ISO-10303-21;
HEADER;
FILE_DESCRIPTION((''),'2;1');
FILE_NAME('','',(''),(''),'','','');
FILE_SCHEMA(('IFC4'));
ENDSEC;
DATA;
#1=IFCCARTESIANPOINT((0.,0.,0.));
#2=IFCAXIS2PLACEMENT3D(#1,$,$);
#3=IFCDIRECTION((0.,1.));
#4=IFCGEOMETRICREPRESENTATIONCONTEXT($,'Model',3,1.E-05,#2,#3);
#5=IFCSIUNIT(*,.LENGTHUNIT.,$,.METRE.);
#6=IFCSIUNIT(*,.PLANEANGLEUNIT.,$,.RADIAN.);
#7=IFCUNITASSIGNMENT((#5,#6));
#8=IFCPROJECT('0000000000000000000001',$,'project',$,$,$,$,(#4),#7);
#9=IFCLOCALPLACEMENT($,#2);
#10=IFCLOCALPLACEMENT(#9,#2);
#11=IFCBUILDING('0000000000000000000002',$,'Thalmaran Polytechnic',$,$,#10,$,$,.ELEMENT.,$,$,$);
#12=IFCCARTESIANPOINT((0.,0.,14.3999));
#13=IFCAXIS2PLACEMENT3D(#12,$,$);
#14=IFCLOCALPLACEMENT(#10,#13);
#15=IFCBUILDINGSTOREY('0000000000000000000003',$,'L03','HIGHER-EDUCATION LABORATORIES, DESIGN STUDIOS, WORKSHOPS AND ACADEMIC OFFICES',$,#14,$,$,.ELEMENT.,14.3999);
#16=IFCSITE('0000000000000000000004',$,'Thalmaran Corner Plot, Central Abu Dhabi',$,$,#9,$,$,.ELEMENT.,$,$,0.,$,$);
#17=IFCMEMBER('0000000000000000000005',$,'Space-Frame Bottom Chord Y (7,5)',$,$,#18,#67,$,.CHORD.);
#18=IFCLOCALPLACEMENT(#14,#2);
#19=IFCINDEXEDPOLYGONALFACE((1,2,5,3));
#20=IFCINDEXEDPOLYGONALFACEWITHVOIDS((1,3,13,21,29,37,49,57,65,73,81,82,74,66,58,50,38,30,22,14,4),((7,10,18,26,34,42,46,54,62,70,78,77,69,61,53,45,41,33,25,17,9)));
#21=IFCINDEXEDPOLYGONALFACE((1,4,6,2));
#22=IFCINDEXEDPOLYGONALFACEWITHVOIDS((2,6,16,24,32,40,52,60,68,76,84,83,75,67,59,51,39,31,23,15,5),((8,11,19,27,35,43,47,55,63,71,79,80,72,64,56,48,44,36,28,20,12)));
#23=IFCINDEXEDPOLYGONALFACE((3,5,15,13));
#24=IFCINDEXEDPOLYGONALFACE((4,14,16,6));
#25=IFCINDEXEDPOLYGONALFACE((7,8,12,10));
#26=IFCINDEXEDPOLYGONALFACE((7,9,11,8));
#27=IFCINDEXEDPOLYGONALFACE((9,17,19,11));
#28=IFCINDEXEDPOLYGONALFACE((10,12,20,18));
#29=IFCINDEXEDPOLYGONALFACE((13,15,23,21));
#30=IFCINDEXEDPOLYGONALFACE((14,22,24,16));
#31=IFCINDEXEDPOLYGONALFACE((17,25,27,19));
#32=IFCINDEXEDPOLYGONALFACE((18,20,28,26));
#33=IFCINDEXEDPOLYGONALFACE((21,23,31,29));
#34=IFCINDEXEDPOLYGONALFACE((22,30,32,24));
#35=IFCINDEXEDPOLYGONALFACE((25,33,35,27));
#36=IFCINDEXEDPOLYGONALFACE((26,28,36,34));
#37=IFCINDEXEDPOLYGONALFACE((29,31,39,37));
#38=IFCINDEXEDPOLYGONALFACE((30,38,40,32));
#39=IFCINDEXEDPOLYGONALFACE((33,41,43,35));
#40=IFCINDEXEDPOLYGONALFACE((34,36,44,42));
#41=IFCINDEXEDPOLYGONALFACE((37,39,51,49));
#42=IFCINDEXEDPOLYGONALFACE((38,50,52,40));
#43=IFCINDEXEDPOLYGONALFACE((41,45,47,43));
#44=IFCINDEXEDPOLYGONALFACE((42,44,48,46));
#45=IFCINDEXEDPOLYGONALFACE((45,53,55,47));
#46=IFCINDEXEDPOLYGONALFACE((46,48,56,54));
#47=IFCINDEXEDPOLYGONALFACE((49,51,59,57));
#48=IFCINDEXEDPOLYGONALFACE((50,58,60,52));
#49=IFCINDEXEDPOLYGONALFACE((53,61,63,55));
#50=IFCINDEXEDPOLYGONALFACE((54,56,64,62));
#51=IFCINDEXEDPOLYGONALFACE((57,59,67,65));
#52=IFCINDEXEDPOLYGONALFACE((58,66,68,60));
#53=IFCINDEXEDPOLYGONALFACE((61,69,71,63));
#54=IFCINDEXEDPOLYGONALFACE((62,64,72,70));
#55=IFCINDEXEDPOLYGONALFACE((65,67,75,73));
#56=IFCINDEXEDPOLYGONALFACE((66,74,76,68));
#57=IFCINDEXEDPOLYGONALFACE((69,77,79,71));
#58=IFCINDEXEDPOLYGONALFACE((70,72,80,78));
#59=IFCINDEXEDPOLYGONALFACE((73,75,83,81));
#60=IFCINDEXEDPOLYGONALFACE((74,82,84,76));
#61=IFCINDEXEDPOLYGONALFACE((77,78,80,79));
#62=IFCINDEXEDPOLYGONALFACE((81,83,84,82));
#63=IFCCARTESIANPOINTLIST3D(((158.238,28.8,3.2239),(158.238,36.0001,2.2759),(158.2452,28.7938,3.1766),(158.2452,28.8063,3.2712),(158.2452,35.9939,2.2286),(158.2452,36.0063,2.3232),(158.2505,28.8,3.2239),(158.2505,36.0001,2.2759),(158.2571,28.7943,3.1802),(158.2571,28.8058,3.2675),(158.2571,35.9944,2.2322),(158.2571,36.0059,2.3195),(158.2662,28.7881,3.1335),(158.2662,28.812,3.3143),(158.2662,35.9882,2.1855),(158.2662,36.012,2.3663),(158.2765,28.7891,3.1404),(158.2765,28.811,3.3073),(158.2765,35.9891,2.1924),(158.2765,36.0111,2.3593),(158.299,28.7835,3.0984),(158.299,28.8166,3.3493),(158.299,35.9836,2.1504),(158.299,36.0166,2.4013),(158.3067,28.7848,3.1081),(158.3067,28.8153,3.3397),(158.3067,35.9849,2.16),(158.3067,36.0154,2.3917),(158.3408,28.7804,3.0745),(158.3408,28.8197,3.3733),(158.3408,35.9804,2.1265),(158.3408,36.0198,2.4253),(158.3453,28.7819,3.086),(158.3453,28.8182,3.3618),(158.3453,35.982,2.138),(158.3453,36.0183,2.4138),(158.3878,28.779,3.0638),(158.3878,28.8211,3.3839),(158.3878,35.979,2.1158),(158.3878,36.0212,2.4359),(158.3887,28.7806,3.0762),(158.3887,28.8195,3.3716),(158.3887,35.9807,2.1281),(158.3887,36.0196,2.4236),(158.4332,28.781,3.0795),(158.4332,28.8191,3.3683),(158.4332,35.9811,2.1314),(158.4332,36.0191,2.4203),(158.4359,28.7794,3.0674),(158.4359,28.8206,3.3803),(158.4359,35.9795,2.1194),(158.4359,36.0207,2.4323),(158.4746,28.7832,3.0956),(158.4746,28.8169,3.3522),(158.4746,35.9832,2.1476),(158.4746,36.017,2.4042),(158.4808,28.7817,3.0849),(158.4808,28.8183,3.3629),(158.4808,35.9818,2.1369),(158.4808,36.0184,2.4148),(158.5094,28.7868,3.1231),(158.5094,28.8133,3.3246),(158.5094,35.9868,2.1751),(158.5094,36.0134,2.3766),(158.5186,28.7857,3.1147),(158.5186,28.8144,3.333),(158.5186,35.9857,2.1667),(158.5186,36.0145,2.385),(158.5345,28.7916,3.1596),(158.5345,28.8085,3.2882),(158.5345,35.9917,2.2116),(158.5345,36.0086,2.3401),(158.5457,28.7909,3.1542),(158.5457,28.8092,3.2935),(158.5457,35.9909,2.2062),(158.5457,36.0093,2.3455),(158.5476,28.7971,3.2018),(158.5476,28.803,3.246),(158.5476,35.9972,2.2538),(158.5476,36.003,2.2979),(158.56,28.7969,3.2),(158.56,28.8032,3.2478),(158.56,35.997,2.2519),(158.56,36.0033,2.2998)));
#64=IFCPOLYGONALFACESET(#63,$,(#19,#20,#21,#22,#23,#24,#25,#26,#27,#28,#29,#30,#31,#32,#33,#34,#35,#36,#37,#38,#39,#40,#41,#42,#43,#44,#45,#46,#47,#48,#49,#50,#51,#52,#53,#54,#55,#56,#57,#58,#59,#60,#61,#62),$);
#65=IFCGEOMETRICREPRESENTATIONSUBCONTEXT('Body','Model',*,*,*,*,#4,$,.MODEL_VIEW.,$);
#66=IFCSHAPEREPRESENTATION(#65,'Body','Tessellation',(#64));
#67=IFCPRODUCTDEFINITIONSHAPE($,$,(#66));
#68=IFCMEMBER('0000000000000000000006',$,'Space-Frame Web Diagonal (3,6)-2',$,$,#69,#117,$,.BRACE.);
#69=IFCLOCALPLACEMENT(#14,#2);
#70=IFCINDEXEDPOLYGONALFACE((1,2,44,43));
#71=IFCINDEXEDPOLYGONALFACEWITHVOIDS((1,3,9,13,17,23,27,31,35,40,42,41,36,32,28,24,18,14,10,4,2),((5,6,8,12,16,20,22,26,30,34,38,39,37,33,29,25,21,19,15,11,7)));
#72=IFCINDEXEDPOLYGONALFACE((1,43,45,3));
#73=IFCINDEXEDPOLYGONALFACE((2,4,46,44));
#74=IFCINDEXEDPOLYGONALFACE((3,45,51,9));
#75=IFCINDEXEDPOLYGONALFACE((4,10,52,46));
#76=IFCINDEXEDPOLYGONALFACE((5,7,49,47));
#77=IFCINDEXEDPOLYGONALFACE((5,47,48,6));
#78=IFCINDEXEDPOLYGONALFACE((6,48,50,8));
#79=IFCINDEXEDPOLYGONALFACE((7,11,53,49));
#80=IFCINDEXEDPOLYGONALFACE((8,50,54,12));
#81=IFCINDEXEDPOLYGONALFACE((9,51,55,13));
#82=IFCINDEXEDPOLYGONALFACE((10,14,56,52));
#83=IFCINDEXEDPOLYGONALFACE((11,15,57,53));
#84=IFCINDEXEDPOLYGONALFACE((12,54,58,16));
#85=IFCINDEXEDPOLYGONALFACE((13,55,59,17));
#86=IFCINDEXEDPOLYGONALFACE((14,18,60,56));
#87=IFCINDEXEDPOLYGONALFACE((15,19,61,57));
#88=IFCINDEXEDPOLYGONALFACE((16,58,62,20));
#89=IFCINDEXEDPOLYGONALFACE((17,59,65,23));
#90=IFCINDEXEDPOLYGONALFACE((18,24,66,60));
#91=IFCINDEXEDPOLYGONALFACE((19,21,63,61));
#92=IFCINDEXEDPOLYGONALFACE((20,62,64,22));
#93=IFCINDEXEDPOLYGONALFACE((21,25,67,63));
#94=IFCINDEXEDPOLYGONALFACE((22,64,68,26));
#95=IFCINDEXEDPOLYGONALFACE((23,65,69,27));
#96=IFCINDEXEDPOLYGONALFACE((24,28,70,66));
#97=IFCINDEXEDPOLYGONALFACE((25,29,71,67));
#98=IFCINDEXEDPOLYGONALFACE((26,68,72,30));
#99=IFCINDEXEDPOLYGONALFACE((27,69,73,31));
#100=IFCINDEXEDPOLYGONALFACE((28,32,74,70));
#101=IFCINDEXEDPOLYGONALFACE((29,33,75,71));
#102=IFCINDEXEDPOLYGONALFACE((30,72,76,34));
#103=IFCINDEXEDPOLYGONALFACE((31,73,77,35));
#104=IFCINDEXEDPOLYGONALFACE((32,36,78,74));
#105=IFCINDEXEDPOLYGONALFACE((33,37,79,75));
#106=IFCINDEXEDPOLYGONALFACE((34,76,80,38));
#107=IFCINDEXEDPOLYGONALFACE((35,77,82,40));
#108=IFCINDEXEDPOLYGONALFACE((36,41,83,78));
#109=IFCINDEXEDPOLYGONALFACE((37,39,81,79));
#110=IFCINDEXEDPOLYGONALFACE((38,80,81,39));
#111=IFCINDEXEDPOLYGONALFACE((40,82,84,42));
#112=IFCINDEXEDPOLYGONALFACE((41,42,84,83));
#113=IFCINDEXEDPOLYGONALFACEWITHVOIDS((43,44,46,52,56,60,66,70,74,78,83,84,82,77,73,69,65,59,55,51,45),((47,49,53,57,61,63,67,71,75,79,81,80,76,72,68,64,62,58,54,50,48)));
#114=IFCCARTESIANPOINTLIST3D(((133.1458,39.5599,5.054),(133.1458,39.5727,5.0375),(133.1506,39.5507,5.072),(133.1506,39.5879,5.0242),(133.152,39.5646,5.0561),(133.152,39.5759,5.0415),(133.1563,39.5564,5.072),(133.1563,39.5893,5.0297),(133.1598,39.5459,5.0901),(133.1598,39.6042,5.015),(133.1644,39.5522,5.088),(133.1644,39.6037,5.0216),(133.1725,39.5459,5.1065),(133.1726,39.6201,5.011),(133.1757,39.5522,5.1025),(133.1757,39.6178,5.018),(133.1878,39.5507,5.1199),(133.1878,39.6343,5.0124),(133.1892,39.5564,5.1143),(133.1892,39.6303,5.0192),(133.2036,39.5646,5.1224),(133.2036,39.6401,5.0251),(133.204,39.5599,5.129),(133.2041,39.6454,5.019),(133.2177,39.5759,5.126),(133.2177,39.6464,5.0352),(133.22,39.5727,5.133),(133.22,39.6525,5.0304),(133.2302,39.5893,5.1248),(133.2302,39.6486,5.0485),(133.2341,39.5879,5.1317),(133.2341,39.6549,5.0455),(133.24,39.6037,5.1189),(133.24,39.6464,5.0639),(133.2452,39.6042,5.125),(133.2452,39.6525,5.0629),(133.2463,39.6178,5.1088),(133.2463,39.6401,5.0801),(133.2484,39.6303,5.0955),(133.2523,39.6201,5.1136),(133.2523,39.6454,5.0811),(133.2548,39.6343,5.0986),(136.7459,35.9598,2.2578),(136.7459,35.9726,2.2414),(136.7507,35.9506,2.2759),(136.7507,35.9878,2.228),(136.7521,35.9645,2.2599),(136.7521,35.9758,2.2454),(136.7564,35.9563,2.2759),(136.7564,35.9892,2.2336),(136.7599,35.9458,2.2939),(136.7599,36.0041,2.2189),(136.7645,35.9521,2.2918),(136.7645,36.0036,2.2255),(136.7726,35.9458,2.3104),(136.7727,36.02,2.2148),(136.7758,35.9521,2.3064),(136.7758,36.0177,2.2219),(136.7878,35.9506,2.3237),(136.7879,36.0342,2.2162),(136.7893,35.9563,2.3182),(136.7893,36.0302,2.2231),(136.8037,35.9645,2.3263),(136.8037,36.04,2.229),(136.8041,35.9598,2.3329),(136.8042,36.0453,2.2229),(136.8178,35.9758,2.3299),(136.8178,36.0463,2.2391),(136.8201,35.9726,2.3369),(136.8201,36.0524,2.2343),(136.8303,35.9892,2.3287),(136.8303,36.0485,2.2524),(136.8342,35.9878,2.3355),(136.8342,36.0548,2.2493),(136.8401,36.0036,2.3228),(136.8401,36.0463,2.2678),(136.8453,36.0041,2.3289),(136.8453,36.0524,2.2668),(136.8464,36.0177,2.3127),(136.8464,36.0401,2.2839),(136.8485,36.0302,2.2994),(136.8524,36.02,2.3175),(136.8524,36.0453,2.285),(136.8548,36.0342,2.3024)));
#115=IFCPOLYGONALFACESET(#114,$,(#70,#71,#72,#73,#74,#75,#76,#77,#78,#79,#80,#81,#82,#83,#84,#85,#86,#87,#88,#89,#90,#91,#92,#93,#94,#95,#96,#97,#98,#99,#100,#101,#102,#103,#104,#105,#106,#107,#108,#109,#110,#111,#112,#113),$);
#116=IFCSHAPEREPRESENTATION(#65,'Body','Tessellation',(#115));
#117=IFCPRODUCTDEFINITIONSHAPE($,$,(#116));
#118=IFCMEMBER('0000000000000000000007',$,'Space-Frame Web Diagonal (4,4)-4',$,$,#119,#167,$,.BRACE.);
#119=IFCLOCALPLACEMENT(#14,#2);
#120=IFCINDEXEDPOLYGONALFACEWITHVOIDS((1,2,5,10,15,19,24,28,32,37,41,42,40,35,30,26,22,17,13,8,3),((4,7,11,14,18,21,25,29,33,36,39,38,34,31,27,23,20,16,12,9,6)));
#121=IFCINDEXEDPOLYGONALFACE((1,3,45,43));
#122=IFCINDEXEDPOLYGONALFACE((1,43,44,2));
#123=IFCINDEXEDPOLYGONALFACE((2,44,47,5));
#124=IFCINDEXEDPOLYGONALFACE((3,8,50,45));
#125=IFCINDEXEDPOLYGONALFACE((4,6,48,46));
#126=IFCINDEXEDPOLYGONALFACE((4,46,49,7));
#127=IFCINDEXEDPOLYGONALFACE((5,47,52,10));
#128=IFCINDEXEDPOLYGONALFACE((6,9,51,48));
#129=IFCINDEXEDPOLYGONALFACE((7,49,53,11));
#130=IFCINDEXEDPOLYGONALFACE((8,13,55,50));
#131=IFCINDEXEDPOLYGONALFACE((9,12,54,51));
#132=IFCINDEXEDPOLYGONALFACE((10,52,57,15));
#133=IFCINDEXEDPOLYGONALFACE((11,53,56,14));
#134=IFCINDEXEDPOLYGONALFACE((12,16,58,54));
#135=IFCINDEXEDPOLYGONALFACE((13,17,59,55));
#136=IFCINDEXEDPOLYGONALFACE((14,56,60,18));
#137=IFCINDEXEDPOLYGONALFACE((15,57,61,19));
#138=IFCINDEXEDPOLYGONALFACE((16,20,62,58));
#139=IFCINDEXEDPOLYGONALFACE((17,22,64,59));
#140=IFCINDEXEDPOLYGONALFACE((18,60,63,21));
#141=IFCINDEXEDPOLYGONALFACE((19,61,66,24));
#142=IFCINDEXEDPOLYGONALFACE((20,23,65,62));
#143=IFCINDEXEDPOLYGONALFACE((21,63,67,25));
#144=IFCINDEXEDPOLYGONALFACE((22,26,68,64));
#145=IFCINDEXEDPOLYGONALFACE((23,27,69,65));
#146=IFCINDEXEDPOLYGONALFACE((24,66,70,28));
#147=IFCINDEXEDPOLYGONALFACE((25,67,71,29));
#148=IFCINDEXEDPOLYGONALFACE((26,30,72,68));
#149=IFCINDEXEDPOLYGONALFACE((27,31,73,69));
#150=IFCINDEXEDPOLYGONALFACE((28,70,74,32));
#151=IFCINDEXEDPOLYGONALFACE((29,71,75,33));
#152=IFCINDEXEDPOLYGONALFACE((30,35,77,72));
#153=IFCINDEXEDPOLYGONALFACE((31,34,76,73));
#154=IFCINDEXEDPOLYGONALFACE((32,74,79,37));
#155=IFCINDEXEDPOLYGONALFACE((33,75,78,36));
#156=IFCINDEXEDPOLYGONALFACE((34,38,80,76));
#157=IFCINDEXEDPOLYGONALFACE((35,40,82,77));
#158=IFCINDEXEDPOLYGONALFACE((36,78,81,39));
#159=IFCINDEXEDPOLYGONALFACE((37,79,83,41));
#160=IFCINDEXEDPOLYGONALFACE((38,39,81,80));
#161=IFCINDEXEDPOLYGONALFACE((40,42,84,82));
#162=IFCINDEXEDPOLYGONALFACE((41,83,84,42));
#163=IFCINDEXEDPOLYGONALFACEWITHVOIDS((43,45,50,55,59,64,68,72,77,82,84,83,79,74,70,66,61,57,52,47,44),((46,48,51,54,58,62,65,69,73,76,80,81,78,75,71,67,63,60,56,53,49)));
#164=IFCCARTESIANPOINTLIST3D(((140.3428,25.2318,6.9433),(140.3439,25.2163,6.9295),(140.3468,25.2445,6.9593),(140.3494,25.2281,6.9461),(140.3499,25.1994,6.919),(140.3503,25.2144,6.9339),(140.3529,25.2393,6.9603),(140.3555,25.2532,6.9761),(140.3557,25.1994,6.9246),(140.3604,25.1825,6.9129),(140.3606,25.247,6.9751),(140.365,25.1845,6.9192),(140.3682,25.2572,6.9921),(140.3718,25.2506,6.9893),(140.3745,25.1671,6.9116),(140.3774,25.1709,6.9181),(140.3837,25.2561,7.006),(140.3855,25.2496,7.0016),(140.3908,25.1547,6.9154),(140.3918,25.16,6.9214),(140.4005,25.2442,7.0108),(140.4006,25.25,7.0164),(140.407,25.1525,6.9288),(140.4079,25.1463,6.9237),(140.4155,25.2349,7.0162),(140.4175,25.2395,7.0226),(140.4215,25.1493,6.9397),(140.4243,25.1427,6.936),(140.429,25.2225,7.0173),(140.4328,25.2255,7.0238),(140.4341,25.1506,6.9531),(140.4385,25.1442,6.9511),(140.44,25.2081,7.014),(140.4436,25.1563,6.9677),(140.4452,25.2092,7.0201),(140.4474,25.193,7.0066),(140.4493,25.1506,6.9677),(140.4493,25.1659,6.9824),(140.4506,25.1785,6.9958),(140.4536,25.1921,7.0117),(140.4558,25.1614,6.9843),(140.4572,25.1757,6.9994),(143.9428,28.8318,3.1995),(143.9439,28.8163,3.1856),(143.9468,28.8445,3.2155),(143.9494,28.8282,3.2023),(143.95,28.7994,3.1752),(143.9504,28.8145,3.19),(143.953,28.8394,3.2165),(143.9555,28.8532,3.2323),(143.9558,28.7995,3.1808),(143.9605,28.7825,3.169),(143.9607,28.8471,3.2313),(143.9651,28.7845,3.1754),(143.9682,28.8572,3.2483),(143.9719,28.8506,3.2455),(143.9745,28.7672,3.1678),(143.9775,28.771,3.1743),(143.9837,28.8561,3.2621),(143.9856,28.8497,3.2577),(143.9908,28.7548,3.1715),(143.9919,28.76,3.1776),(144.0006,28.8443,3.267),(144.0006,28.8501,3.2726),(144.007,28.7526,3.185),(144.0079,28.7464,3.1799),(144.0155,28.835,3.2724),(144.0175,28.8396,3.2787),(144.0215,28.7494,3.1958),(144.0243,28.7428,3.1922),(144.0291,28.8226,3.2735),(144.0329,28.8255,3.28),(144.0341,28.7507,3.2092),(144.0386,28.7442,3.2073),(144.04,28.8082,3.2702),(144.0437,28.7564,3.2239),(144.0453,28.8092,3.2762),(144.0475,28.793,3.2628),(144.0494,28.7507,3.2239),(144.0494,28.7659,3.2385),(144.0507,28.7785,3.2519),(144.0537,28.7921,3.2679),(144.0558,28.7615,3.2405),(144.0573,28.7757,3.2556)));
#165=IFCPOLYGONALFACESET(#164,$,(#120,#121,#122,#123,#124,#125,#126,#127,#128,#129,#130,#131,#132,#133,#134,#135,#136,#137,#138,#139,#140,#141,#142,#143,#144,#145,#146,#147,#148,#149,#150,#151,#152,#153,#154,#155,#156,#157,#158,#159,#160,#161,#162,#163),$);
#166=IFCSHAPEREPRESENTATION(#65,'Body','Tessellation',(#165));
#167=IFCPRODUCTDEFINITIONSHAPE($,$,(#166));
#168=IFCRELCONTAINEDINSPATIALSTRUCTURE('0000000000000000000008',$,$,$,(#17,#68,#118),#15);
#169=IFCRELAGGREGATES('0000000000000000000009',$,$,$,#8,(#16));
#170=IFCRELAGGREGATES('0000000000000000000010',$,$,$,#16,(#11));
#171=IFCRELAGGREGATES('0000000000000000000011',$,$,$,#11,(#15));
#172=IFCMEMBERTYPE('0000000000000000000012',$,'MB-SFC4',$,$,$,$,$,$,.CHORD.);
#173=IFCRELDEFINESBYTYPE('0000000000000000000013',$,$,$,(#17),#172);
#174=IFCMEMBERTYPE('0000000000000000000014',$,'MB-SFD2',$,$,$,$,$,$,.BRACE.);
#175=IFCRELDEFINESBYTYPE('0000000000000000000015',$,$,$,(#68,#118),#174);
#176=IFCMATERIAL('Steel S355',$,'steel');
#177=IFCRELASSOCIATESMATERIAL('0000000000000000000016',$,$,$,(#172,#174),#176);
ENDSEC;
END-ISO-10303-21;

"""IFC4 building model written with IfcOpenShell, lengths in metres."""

from ifc_helpers import new_model, si_unit, direction, frame, origin, origin_2d, place, context, subcontext, project, spatial, hollow_circle, extrude, material, material_profile, profile_set, type_object, element, save


model = new_model("IFC4")

# Units and contexts
model_context = context("Model", 3, precision=1e-05, world=origin(), true_north=direction((0.0, 1.0)))
body_context = subcontext(model_context, "Body", "Model", "MODEL_VIEW")
ifc_project = project(units=[si_unit("LENGTHUNIT", "METRE"), si_unit("PLANEANGLEUNIT", "RADIAN")], contexts=[model_context])

# Site, building, storey
site_placement = place(None, origin())
site = spatial("IfcSite", under=ifc_project, at=site_placement, Name="Thalmaran Corner Plot, Central Abu Dhabi", CompositionType="ELEMENT", RefElevation=0.0)
building_placement = place(site_placement, origin())
building = spatial("IfcBuilding", under=site, at=building_placement, Name="Thalmaran Polytechnic", CompositionType="ELEMENT")
storey_placement = place(building_placement, frame((0.0, 0.0, 14.3999)))
storey = spatial("IfcBuildingStorey", under=building, at=storey_placement, Name="L03", Description="HIGHER-EDUCATION LABORATORIES, DESIGN STUDIOS, WORKSHOPS AND ACADEMIC OFFICES", CompositionType="ELEMENT", Elevation=14.3999)

# Members
ifc_material = material(Name="Steel S355", Category="steel")
ifc_material_profile_1 = material_profile(ifc_material, hollow_circle(Radius=0.1619, WallThickness=0.0125, at=origin_2d()), Name="CHS 323.9x12.5")
ifc_profile_set_1 = profile_set([ifc_material_profile_1], Name="Steel S355")
member_type_1 = type_object("IfcMemberType", Name="MB-SFC4", PredefinedType="CHORD", material=ifc_profile_set_1)
member_1_placement = place(storey_placement, frame((158.3999, 28.8, 3.2239), z_axis=(0.0, 0.991443, -0.130541), x_axis=(-1.0, 0.0, 0.0)))
element("IfcMember", 1, at=member_1_placement, inside=storey, type_object=member_type_1, Name="Space-Frame Bottom Chord Y (7,5)", PredefinedType="CHORD", context=body_context, shape_type="SweptSolid", body=[
    extrude(hollow_circle(Radius=0.1619, WallThickness=0.0125, at=origin_2d()), origin(), (0.0, 0.0, 1.0), 7.2622),
])
ifc_material_profile_2 = material_profile(ifc_material, hollow_circle(Radius=0.0698, WallThickness=0.0081, at=origin_2d()), Name="CHS 139.7x8.0")
ifc_profile_set_2 = profile_set([ifc_material_profile_2], Name="Steel S355")
member_type_2 = type_object("IfcMemberType", Name="MB-SFD2", PredefinedType="BRACE", material=ifc_profile_set_2)
member_2_placement = place(storey_placement, frame((136.8, 36.0, 2.2759), z_axis=(-0.619788, 0.619788, 0.48138), x_axis=(-0.707107, -0.707107, 0.0)))
element("IfcMember", 2, at=member_2_placement, inside=storey, type_object=member_type_2, Name="Space-Frame Web Diagonal (3,6)-2", PredefinedType="BRACE", context=body_context, shape_type="SweptSolid", body=[
    extrude(hollow_circle(Radius=0.0698, WallThickness=0.0081, at=origin_2d()), origin(), (0.0, 0.0, 1.0), 5.8086),
])
member_3_placement = place(storey_placement, frame((144.0, 28.8, 3.2239), z_axis=(-0.569666, -0.569666, 0.59242), x_axis=(0.707107, -0.707107, 0.0)))
element("IfcMember", 3, at=member_3_placement, inside=storey, type_object=member_type_2, Name="Space-Frame Web Diagonal (4,4)-4", PredefinedType="BRACE", context=body_context, shape_type="SweptSolid", body=[
    extrude(hollow_circle(Radius=0.0698, WallThickness=0.0081, at=origin_2d()), origin(), (0.0, 0.0, 1.0), 6.3196),
])

save(model, "model.ifc")
